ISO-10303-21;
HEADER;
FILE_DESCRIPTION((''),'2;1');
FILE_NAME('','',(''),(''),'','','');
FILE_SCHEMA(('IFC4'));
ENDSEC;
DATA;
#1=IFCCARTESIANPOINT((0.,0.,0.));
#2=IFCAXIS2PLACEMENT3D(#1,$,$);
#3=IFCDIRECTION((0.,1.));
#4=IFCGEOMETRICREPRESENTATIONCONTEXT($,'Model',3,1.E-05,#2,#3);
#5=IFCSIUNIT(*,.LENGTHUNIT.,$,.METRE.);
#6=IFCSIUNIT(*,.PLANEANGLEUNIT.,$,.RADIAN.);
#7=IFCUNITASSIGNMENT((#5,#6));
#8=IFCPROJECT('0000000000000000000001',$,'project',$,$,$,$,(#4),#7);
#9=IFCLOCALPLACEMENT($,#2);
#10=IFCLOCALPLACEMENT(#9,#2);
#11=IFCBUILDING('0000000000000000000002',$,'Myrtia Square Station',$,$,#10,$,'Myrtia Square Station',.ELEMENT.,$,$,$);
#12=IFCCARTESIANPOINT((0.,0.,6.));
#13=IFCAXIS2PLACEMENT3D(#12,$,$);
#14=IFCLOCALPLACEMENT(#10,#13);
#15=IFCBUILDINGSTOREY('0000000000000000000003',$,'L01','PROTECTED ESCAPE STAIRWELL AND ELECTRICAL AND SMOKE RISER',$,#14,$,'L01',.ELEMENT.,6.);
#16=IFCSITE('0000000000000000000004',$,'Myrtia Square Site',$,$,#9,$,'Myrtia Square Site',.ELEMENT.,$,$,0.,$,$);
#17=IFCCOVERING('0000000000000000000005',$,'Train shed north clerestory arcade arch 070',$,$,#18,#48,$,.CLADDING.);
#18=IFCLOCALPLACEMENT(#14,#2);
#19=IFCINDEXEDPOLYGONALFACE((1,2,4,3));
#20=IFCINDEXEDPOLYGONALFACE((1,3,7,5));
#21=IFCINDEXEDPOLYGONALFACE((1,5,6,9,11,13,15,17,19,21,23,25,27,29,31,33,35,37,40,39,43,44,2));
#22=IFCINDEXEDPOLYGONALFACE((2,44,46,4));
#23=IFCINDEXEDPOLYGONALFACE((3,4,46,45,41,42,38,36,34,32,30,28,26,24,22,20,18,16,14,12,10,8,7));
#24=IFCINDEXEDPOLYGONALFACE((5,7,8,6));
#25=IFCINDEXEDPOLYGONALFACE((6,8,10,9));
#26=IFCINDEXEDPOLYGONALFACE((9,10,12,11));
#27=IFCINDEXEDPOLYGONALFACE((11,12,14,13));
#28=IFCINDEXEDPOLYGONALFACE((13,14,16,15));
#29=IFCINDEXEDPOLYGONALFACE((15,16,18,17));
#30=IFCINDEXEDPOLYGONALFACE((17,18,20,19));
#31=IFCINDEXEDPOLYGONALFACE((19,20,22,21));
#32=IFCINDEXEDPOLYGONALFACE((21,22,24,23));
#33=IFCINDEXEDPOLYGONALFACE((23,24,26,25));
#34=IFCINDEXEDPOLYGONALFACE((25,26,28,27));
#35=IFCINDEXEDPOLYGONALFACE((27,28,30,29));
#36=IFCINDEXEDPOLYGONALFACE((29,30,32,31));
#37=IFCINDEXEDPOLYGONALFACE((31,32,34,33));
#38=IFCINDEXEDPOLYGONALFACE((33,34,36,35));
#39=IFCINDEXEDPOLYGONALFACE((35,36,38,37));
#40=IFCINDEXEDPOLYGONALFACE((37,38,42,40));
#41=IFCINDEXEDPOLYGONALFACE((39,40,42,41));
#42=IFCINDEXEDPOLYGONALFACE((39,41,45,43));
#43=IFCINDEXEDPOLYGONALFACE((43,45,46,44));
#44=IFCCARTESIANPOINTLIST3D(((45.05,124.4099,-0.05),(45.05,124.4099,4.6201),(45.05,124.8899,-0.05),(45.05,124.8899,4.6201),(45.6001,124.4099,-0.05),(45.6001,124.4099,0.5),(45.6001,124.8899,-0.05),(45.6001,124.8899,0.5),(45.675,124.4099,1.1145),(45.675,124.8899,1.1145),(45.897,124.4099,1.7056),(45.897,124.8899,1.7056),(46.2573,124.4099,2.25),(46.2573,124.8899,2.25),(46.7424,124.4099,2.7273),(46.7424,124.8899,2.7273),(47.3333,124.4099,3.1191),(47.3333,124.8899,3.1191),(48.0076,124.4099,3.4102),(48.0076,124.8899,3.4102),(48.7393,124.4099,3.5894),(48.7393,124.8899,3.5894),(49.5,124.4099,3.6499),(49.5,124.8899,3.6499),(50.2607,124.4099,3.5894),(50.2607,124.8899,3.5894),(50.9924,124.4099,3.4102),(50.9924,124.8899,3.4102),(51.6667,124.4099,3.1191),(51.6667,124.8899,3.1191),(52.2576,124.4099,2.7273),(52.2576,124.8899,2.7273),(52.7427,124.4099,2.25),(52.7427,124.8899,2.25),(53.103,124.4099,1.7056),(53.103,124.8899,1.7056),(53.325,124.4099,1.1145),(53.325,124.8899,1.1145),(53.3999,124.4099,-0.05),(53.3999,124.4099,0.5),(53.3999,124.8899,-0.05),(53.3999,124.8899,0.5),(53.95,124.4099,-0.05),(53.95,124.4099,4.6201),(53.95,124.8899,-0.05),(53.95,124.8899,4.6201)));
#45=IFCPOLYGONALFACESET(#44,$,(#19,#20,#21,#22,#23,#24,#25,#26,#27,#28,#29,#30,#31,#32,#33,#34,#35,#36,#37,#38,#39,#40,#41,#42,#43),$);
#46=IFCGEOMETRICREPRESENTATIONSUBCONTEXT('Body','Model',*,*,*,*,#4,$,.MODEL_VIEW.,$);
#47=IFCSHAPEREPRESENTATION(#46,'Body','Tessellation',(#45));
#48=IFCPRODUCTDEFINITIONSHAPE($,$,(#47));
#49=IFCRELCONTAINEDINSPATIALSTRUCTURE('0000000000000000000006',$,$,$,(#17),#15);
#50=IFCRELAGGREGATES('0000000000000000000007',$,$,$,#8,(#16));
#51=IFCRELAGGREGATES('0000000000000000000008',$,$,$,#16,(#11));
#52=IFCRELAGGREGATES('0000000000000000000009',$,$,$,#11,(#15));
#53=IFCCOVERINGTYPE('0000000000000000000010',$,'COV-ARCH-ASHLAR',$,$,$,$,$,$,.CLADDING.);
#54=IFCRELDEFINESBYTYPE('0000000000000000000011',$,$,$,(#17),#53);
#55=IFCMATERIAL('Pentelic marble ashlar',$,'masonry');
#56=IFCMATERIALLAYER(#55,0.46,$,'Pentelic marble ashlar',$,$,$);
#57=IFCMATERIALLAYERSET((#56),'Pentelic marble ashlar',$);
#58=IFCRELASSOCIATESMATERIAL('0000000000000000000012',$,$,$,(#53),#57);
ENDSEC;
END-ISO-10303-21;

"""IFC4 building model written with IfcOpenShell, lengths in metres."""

from ifc_helpers import new_model, si_unit, direction, frame, origin, place, context, subcontext, project, spatial, polyline, outline, extrude, material, layer, layer_set, type_object, element, save


model = new_model("IFC4")

# Units and contexts
model_context = context("Model", 3, precision=1e-05, world=origin(), true_north=direction((0.0, 1.0)))
body_context = subcontext(model_context, "Body", "Model", "MODEL_VIEW")
ifc_project = project(units=[si_unit("LENGTHUNIT", "METRE"), si_unit("PLANEANGLEUNIT", "RADIAN")], contexts=[model_context])

# Site, building, storey
site_placement = place(None, origin())
site = spatial("IfcSite", under=ifc_project, at=site_placement, Name="Myrtia Square Site", LongName="Myrtia Square Site", CompositionType="ELEMENT", RefElevation=0.0)
building_placement = place(site_placement, origin())
building = spatial("IfcBuilding", under=site, at=building_placement, Name="Myrtia Square Station", LongName="Myrtia Square Station", CompositionType="ELEMENT")
storey_placement = place(building_placement, frame((0.0, 0.0, 6.0)))
storey = spatial("IfcBuildingStorey", under=building, at=storey_placement, Name="L01", Description="PROTECTED ESCAPE STAIRWELL AND ELECTRICAL AND SMOKE RISER", LongName="L01", CompositionType="ELEMENT", Elevation=6.0)

# Covering
ifc_material_1 = material(Name="Pentelic marble ashlar", Category="masonry")
ifc_layer_1 = layer(ifc_material_1, 0.46, Name="Pentelic marble ashlar")
ifc_layer_set_1 = layer_set([ifc_layer_1], Name="Pentelic marble ashlar")
covering_type = type_object("IfcCoveringType", Name="COV-ARCH-ASHLAR", PredefinedType="CLADDING", material=ifc_layer_set_1)
for number, where, z_axis, x_axis, name in (
    (1, (45.05, 124.6499, -0.05), (0.0, 0.0, 1.0), (1.0, 0.0, 0.0), "Train shed north clerestory arcade arch 070"),
):
    element("IfcCovering", number, at=place(storey_placement, frame(where, z_axis=z_axis, x_axis=x_axis)), inside=storey, type_object=covering_type, Name=name, PredefinedType="CLADDING", context=body_context, shape_type="SweptSolid", body=[
        extrude(outline(polyline([(0.0, 0.0), (0.55, 0.0), (0.55, 0.55), (0.625, 1.1646), (0.8469, 1.7556), (1.2073, 2.3), (1.6924, 2.7773), (2.2832, 3.1692), (2.9575, 3.4602), (3.6892, 3.6394), (4.45, 3.7), (5.2107, 3.6394), (5.9424, 3.4602), (6.6167, 3.1692), (7.2075, 2.7773), (7.6926, 2.3), (8.053, 1.7556), (8.2749, 1.1646), (8.3499, 0.55), (8.3499, 0.0), (8.8999, 0.0), (8.8999, 4.6702), (0.0, 4.6702), (0.0, 0.0)])), frame((0.0, 0.24, 0.0), z_axis=(0.0, -1.0, 0.0), x_axis=(1.0, 0.0, 0.0)), (0.0, 0.0, 1.0), 0.48),
    ])

save(model, "model.ifc")
